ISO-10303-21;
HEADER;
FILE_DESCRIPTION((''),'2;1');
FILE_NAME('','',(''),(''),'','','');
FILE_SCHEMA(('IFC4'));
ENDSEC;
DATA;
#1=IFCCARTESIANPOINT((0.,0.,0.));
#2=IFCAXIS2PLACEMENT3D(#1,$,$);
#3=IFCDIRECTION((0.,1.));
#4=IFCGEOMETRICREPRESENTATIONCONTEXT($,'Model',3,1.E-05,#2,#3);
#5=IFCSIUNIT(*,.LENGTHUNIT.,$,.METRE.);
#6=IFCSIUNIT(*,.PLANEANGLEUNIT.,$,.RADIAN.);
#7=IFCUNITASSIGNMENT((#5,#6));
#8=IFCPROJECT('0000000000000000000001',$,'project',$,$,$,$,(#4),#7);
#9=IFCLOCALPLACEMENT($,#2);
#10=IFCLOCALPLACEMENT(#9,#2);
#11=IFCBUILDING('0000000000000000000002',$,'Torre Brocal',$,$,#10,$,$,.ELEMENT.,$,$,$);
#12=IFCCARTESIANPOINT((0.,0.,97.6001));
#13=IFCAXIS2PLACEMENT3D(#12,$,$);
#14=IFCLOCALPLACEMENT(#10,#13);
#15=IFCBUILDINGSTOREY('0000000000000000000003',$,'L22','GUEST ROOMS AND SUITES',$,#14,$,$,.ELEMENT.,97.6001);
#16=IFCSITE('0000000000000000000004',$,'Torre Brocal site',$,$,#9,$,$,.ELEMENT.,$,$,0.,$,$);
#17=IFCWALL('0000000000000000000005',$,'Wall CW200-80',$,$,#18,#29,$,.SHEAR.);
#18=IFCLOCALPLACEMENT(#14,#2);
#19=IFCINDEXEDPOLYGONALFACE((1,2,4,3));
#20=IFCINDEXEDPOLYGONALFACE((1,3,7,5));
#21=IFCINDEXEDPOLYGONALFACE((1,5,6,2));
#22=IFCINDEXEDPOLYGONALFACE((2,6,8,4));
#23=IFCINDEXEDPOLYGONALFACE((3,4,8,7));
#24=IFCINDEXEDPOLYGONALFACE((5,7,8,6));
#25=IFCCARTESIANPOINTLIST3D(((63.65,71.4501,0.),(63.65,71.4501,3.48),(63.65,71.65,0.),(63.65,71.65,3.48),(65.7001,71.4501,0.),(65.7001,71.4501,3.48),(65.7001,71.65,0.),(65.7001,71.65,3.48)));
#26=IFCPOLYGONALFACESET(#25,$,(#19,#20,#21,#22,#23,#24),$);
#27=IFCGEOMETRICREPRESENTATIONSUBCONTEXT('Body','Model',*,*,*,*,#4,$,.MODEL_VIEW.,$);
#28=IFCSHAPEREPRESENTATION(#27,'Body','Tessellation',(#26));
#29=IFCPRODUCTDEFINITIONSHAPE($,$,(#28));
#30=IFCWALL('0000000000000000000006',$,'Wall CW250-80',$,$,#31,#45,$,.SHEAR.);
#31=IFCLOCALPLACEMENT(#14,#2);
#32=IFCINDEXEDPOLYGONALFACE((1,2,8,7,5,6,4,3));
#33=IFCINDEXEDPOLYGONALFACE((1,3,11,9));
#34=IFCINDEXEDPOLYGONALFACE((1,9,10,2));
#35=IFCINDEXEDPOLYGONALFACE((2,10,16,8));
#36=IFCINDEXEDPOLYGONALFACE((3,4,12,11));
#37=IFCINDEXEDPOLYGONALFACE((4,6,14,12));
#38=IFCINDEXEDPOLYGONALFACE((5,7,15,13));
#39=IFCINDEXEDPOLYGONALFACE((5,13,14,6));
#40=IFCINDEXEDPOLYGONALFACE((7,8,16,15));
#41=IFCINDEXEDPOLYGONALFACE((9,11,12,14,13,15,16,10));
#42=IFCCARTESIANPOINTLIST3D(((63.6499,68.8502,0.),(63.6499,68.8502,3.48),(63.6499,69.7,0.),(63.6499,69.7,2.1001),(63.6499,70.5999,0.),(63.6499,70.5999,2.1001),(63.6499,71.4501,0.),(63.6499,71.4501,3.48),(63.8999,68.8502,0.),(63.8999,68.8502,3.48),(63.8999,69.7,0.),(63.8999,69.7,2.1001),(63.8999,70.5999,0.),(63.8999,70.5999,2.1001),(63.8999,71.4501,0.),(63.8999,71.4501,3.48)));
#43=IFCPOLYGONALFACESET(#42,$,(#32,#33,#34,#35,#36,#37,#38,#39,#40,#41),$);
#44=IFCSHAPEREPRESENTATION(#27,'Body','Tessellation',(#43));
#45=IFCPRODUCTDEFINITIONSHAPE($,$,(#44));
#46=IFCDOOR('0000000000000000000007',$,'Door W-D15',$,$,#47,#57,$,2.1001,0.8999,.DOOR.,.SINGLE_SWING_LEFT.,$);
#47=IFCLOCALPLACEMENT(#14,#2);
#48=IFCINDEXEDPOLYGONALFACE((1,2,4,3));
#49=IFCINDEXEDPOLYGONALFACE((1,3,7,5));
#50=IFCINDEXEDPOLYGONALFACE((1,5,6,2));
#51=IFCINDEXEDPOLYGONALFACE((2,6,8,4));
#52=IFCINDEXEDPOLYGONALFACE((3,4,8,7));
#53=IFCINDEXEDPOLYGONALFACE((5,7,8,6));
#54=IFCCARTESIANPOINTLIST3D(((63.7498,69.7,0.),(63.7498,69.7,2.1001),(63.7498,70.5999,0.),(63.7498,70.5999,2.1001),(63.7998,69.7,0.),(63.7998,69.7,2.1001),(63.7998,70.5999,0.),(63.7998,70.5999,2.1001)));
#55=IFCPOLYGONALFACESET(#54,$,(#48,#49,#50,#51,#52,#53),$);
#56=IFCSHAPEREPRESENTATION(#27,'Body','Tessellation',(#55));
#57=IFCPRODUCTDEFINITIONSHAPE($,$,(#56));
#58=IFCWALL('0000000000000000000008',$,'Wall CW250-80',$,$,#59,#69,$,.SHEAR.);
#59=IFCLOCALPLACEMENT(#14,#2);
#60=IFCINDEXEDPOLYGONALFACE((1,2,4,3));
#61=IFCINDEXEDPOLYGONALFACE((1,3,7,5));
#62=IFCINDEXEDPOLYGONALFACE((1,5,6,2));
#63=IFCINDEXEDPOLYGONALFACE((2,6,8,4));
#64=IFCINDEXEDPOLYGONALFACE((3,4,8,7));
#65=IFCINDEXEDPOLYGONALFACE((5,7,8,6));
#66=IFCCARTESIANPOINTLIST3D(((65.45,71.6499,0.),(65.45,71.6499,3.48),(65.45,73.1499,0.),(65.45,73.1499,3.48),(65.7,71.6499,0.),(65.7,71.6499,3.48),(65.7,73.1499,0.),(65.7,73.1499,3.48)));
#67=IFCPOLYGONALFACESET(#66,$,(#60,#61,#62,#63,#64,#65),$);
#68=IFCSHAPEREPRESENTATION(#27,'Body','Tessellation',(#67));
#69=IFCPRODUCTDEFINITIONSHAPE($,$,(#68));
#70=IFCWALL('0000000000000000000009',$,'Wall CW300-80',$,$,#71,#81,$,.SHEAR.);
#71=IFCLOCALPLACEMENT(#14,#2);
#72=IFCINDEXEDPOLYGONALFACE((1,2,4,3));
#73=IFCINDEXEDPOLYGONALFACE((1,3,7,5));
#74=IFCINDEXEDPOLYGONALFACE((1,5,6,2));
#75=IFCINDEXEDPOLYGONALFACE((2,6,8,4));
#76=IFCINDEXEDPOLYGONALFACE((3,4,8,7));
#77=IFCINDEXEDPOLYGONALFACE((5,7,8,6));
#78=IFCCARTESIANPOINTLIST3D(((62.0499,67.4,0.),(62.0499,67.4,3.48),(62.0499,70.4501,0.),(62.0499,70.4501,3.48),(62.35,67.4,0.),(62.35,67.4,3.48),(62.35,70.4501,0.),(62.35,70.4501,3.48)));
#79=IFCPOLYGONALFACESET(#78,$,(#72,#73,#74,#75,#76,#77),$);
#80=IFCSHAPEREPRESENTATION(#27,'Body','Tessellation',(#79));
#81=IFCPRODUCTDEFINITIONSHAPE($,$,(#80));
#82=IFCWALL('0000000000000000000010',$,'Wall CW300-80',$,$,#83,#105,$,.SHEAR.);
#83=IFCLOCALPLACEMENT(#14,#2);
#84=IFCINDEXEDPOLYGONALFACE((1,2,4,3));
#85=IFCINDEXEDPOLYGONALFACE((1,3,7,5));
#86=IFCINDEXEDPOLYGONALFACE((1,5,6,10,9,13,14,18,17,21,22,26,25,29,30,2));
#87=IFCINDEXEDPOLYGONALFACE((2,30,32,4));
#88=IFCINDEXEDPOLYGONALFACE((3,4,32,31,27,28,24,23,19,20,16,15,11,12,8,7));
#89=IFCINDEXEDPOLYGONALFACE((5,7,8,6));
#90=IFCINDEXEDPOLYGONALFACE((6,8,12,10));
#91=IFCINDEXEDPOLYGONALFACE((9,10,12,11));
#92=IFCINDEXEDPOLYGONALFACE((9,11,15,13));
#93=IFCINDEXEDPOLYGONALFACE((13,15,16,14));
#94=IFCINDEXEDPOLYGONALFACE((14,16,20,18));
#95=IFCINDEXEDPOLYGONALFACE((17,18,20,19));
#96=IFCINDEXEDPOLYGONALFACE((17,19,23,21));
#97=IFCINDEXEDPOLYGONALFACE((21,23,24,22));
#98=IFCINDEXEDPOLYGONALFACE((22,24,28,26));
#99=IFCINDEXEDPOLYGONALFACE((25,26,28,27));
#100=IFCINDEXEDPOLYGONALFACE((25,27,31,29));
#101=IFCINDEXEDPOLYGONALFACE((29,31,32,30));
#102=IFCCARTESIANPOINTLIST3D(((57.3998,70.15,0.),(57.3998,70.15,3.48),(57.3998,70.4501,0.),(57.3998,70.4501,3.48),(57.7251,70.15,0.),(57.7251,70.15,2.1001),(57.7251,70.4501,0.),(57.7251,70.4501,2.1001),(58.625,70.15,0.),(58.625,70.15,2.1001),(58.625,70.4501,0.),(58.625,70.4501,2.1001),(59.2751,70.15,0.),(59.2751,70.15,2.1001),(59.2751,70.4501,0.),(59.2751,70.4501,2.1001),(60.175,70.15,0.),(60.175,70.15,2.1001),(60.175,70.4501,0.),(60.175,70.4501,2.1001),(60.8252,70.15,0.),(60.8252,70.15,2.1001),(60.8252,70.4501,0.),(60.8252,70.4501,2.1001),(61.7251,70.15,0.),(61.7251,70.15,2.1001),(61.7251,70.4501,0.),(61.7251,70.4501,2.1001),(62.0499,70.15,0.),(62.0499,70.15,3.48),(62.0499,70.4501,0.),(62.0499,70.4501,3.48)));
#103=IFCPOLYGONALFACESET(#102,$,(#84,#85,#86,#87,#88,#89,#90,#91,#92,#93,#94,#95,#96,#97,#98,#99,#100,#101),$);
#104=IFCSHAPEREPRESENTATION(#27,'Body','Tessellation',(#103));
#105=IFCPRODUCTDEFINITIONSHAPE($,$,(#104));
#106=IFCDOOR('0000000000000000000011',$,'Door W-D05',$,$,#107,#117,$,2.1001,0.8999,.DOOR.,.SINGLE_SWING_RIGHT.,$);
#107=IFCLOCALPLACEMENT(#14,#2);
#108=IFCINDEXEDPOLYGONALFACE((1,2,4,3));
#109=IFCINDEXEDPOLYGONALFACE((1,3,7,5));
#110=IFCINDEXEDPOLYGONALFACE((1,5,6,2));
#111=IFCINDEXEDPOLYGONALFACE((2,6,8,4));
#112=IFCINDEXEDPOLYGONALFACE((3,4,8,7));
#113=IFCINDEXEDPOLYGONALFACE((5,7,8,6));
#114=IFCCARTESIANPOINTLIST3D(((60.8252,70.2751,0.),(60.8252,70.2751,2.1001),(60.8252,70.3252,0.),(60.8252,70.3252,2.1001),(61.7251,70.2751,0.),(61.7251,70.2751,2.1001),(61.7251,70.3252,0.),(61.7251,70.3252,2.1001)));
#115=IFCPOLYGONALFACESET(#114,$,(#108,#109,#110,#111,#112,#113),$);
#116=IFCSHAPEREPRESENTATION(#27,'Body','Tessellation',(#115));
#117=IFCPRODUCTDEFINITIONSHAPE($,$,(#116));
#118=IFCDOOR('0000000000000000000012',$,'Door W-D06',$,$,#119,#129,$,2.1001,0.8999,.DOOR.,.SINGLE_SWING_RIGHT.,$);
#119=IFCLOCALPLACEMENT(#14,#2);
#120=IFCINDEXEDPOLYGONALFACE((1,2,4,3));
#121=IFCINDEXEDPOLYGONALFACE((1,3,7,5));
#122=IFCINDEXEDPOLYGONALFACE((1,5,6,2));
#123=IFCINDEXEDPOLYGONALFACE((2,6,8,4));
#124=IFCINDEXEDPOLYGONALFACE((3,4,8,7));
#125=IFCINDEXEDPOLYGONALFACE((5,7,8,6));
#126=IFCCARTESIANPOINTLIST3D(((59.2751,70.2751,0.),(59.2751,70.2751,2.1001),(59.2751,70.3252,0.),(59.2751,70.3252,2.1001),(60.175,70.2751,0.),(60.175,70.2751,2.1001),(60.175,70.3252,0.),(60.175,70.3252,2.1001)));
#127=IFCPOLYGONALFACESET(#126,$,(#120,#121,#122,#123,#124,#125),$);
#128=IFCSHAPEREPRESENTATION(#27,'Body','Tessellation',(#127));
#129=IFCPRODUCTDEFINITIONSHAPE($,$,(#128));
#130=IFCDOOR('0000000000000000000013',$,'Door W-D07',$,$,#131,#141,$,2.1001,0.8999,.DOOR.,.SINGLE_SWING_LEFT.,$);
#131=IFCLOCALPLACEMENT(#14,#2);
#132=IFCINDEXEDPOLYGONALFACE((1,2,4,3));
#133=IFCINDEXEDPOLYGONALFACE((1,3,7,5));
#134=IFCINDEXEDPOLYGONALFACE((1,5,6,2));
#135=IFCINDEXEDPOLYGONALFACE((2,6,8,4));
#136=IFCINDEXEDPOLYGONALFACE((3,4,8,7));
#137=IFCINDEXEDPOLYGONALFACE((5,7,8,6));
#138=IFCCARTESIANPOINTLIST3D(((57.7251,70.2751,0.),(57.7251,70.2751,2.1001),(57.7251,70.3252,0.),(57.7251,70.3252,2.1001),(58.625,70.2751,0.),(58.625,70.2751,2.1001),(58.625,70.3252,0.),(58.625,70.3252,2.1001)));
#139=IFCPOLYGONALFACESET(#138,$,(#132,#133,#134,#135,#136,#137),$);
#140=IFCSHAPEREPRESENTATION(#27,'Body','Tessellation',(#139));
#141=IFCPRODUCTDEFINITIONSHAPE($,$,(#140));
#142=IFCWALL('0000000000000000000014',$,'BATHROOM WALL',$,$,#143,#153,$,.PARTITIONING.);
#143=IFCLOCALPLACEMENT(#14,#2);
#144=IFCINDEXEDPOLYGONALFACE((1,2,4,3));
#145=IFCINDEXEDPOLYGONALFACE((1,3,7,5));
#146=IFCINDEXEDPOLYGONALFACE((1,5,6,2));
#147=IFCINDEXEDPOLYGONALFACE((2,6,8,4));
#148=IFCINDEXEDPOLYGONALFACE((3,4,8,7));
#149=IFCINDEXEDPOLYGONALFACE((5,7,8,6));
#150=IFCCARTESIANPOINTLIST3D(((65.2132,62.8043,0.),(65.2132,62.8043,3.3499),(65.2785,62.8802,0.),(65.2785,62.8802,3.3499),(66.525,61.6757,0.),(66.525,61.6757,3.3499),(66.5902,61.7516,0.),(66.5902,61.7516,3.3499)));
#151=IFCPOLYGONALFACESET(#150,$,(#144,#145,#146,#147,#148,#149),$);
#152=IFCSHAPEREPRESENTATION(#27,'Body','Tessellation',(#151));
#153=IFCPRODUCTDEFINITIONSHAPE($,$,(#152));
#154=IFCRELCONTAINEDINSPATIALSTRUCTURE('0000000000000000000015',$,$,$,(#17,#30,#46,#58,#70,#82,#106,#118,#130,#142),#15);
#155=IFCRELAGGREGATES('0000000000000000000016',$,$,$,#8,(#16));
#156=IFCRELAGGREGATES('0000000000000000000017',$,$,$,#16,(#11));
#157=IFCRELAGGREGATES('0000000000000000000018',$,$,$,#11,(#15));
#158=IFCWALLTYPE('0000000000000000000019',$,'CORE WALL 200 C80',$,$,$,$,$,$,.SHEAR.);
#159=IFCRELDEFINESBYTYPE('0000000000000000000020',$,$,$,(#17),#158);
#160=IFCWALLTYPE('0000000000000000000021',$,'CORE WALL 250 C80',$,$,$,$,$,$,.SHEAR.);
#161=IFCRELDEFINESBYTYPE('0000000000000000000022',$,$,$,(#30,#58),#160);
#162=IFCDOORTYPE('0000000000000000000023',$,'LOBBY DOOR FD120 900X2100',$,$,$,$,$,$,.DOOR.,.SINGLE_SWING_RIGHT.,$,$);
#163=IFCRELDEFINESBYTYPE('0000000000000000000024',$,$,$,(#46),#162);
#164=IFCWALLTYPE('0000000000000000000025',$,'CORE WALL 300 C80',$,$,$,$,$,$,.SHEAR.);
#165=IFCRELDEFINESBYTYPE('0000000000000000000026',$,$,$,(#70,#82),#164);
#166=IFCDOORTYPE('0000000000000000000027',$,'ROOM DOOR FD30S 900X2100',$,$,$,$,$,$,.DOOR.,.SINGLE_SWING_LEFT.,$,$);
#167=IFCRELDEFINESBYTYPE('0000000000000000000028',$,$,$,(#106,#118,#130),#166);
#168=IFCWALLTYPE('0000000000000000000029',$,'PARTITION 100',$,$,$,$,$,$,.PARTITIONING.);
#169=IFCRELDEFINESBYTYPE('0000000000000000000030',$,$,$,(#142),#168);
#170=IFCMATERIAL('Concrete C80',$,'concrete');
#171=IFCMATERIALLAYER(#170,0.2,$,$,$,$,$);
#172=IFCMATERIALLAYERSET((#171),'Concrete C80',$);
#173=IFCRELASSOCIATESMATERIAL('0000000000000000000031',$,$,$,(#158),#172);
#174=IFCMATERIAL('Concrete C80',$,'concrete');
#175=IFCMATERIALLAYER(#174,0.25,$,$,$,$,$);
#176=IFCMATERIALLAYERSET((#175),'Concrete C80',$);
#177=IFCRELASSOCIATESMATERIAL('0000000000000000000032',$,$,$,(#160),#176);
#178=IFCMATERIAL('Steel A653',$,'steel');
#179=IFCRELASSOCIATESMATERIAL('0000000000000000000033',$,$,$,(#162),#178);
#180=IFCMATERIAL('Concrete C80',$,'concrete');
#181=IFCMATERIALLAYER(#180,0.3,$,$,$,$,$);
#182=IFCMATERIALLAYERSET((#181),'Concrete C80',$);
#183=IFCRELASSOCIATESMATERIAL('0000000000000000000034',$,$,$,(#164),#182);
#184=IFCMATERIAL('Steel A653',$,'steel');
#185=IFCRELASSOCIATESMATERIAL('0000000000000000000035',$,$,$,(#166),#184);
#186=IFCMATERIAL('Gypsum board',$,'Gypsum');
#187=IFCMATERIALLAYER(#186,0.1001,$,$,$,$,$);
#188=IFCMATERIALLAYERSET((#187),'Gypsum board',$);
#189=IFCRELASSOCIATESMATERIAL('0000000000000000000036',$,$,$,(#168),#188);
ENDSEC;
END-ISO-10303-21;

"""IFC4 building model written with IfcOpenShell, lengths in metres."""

from ifc_helpers import new_model, si_unit, direction, frame, frame_2d, origin, place, context, subcontext, project, spatial, rectangle, extrude, material, layer, layer_set, type_object, element, fill, save


model = new_model("IFC4")

# Units and contexts
model_context = context("Model", 3, precision=1e-05, world=origin(), true_north=direction((0.0, 1.0)))
body_context = subcontext(model_context, "Body", "Model", "MODEL_VIEW")
ifc_project = project(units=[si_unit("LENGTHUNIT", "METRE"), si_unit("PLANEANGLEUNIT", "RADIAN")], contexts=[model_context])

# Site, building, storey
site_placement = place(None, origin())
site = spatial("IfcSite", under=ifc_project, at=site_placement, Name="Torre Brocal site", CompositionType="ELEMENT", RefElevation=0.0)
building_placement = place(site_placement, origin())
building = spatial("IfcBuilding", under=site, at=building_placement, Name="Torre Brocal", CompositionType="ELEMENT")
storey_placement = place(building_placement, frame((0.0, 0.0, 97.6001)))
storey = spatial("IfcBuildingStorey", under=building, at=storey_placement, Name="L22", Description="GUEST ROOMS AND SUITES", CompositionType="ELEMENT", Elevation=97.6001)

# Wall
ifc_material_1 = material(Name="Concrete C80", Category="concrete")
ifc_layer_1 = layer(ifc_material_1, 0.2)
ifc_layer_set_1 = layer_set([ifc_layer_1], Name="Concrete C80")
wall_type_1 = type_object("IfcWallType", Name="CORE WALL 200 C80", PredefinedType="SHEAR", material=ifc_layer_set_1)
wall_1_placement = place(storey_placement, frame((65.7, 71.55, 0.0), z_axis=(0.0, 0.0, 1.0), x_axis=(-1.0, 0.0, 0.0)))
element("IfcWall", 1, at=wall_1_placement, inside=storey, type_object=wall_type_1, Name="Wall CW200-80", PredefinedType="SHEAR", context=body_context, shape_type="SweptSolid", body=[
    extrude(rectangle(XDim=2.05, YDim=0.2, at=frame_2d((1.0249, 0.0))), origin(), (0.0, 0.0, 1.0), 3.48),
])

# Wall, opening, door
ifc_material_2 = material(Name="Concrete C80", Category="concrete")
ifc_layer_2 = layer(ifc_material_2, 0.25)
ifc_layer_set_2 = layer_set([ifc_layer_2], Name="Concrete C80")
wall_type_2 = type_object("IfcWallType", Name="CORE WALL 250 C80", PredefinedType="SHEAR", material=ifc_layer_set_2)
wall_2_placement = place(storey_placement, frame((63.7749, 71.45, 0.0), z_axis=(0.0, 0.0, 1.0), x_axis=(0.0, -1.0, 0.0)))
wall_2 = element("IfcWall", 2, at=wall_2_placement, inside=storey, type_object=wall_type_2, Name="Wall CW250-80", PredefinedType="SHEAR", context=body_context, shape_type="SweptSolid", body=[
    extrude(rectangle(XDim=2.5999, YDim=0.25, at=frame_2d((1.2998, 0.0))), origin(), (0.0, 0.0, 1.0), 3.48),
])
opening_1_placement = place(wall_2_placement, frame((0.8501, 0.0, 0.0)))
opening_1 = element("IfcOpeningElement", 3, at=opening_1_placement, cuts=wall_2, PredefinedType="OPENING", context=body_context, shape_type="SweptSolid", body=[
    extrude(rectangle(XDim=0.8999, YDim=2.1001, at=frame_2d((0.45, 1.05))), frame((0.0, 0.135, 0.0), z_axis=(0.0, -1.0, 0.0), x_axis=(1.0, 0.0, 0.0)), (0.0, 0.0, 1.0), 0.27),
])
ifc_material_3 = material(Name="Steel A653", Category="steel")
door_type_1 = type_object("IfcDoorType", Name="LOBBY DOOR FD120 900X2100", OperationType="SINGLE_SWING_RIGHT", PredefinedType="DOOR", material=ifc_material_3)
door_1_placement = place(opening_1_placement, origin())
door_1 = element("IfcDoor", 4, at=door_1_placement, inside=storey, type_object=door_type_1, Name="Door W-D15", OperationType="SINGLE_SWING_LEFT", OverallHeight=2.1001, OverallWidth=0.8999, PredefinedType="DOOR", context=body_context, shape_type="SweptSolid", body=[
    extrude(rectangle(XDim=0.8999, YDim=2.1001, at=frame_2d((0.45, 1.05))), frame((0.0, 0.0249, 0.0), z_axis=(0.0, -1.0, 0.0), x_axis=(1.0, 0.0, 0.0)), (0.0, 0.0, 1.0), 0.05),
])
fill(opening_1, door_1)

# Walls
wall_3_placement = place(storey_placement, frame((65.575, 73.1499, 0.0), z_axis=(0.0, 0.0, 1.0), x_axis=(0.0, -1.0, 0.0)))
element("IfcWall", 5, at=wall_3_placement, inside=storey, type_object=wall_type_2, Name="Wall CW250-80", PredefinedType="SHEAR", context=body_context, shape_type="SweptSolid", body=[
    extrude(rectangle(XDim=1.5, YDim=0.25, at=frame_2d((0.75, 0.0))), origin(), (0.0, 0.0, 1.0), 3.48),
])
ifc_material_4 = material(Name="Concrete C80", Category="concrete")
ifc_layer_3 = layer(ifc_material_4, 0.3)
ifc_layer_set_3 = layer_set([ifc_layer_3], Name="Concrete C80")
wall_type_3 = type_object("IfcWallType", Name="CORE WALL 300 C80", PredefinedType="SHEAR", material=ifc_layer_set_3)
wall_4_placement = place(storey_placement, frame((62.2, 70.45, 0.0), z_axis=(0.0, 0.0, 1.0), x_axis=(0.0, -1.0, 0.0)))
element("IfcWall", 6, at=wall_4_placement, inside=storey, type_object=wall_type_3, Name="Wall CW300-80", PredefinedType="SHEAR", context=body_context, shape_type="SweptSolid", body=[
    extrude(rectangle(XDim=3.05, YDim=0.3, at=frame_2d((1.5249, 0.0))), origin(), (0.0, 0.0, 1.0), 3.48),
])

# Wall, openings, doors
wall_5_placement = place(storey_placement, frame((62.05, 70.3, 0.0), z_axis=(0.0, 0.0, 1.0), x_axis=(-1.0, 0.0, 0.0)))
wall_5 = element("IfcWall", 7, at=wall_5_placement, inside=storey, type_object=wall_type_3, Name="Wall CW300-80", PredefinedType="SHEAR", context=body_context, shape_type="SweptSolid", body=[
    extrude(rectangle(XDim=4.6501, YDim=0.3, at=frame_2d((2.3252, 0.0))), origin(), (0.0, 0.0, 1.0), 3.48),
])
opening_2_placement = place(wall_5_placement, frame((0.325, 0.0, 0.0)))
opening_2 = element("IfcOpeningElement", 8, at=opening_2_placement, cuts=wall_5, PredefinedType="OPENING", context=body_context, shape_type="SweptSolid", body=[
    extrude(rectangle(XDim=0.8999, YDim=2.1001, at=frame_2d((0.45, 1.05))), frame((0.0, 0.1599, 0.0), z_axis=(0.0, -1.0, 0.0), x_axis=(1.0, 0.0, 0.0)), (0.0, 0.0, 1.0), 0.3201),
])
opening_3_placement = place(wall_5_placement, frame((1.875, 0.0, 0.0)))
opening_3 = element("IfcOpeningElement", 9, at=opening_3_placement, cuts=wall_5, PredefinedType="OPENING", context=body_context, shape_type="SweptSolid", body=[
    extrude(rectangle(XDim=0.8999, YDim=2.1001, at=frame_2d((0.45, 1.05))), frame((0.0, 0.1599, 0.0), z_axis=(0.0, -1.0, 0.0), x_axis=(1.0, 0.0, 0.0)), (0.0, 0.0, 1.0), 0.3201),
])
opening_4_placement = place(wall_5_placement, frame((3.425, 0.0, 0.0)))
opening_4 = element("IfcOpeningElement", 10, at=opening_4_placement, cuts=wall_5, PredefinedType="OPENING", context=body_context, shape_type="SweptSolid", body=[
    extrude(rectangle(XDim=0.8999, YDim=2.1001, at=frame_2d((0.45, 1.05))), frame((0.0, 0.1599, 0.0), z_axis=(0.0, -1.0, 0.0), x_axis=(1.0, 0.0, 0.0)), (0.0, 0.0, 1.0), 0.3201),
])
ifc_material_5 = material(Name="Steel A653", Category="steel")
door_type_2 = type_object("IfcDoorType", Name="ROOM DOOR FD30S 900X2100", OperationType="SINGLE_SWING_LEFT", PredefinedType="DOOR", material=ifc_material_5)
door_2_placement = place(opening_2_placement, origin())
door_2 = element("IfcDoor", 11, at=door_2_placement, inside=storey, type_object=door_type_2, Name="Door W-D05", OperationType="SINGLE_SWING_RIGHT", OverallHeight=2.1001, OverallWidth=0.8999, PredefinedType="DOOR", context=body_context, shape_type="SweptSolid", body=[
    extrude(rectangle(XDim=0.8999, YDim=2.1001, at=frame_2d((0.45, 1.05))), frame((0.0, 0.0249, 0.0), z_axis=(0.0, -1.0, 0.0), x_axis=(1.0, 0.0, 0.0)), (0.0, 0.0, 1.0), 0.05),
])
fill(opening_2, door_2)
door_3_placement = place(opening_3_placement, origin())
door_3 = element("IfcDoor", 12, at=door_3_placement, inside=storey, type_object=door_type_2, Name="Door W-D06", OperationType="SINGLE_SWING_RIGHT", OverallHeight=2.1001, OverallWidth=0.8999, PredefinedType="DOOR", context=body_context, shape_type="SweptSolid", body=[
    extrude(rectangle(XDim=0.8999, YDim=2.1001, at=frame_2d((0.45, 1.05))), frame((0.0, 0.0249, 0.0), z_axis=(0.0, -1.0, 0.0), x_axis=(1.0, 0.0, 0.0)), (0.0, 0.0, 1.0), 0.05),
])
fill(opening_3, door_3)
door_4_placement = place(opening_4_placement, origin())
door_4 = element("IfcDoor", 13, at=door_4_placement, inside=storey, type_object=door_type_2, Name="Door W-D07", OperationType="SINGLE_SWING_LEFT", OverallHeight=2.1001, OverallWidth=0.8999, PredefinedType="DOOR", context=body_context, shape_type="SweptSolid", body=[
    extrude(rectangle(XDim=0.8999, YDim=2.1001, at=frame_2d((0.45, 1.05))), frame((0.0, 0.0249, 0.0), z_axis=(0.0, -1.0, 0.0), x_axis=(1.0, 0.0, 0.0)), (0.0, 0.0, 1.0), 0.05),
])
fill(opening_4, door_4)

# Wall
ifc_material_6 = material(Name="Gypsum board", Category="Gypsum")
ifc_layer_4 = layer(ifc_material_6, 0.1001)
ifc_layer_set_4 = layer_set([ifc_layer_4], Name="Gypsum board")
wall_type_4 = type_object("IfcWallType", Name="PARTITION 100", PredefinedType="PARTITIONING", material=ifc_layer_set_4)
wall_6_placement = place(storey_placement, frame((65.2458, 62.8423, 0.0), z_axis=(0.0, 0.0, 1.0), x_axis=(0.75803, -0.652219, 0.0)))
element("IfcWall", 14, at=wall_6_placement, inside=storey, type_object=wall_type_4, Name="BATHROOM WALL", PredefinedType="PARTITIONING", context=body_context, shape_type="SweptSolid", body=[
    extrude(rectangle(XDim=1.7305, YDim=0.1001, at=frame_2d((0.8652, 0.0))), origin(), (0.0, 0.0, 1.0), 3.3499),
])

save(model, "model.ifc")
